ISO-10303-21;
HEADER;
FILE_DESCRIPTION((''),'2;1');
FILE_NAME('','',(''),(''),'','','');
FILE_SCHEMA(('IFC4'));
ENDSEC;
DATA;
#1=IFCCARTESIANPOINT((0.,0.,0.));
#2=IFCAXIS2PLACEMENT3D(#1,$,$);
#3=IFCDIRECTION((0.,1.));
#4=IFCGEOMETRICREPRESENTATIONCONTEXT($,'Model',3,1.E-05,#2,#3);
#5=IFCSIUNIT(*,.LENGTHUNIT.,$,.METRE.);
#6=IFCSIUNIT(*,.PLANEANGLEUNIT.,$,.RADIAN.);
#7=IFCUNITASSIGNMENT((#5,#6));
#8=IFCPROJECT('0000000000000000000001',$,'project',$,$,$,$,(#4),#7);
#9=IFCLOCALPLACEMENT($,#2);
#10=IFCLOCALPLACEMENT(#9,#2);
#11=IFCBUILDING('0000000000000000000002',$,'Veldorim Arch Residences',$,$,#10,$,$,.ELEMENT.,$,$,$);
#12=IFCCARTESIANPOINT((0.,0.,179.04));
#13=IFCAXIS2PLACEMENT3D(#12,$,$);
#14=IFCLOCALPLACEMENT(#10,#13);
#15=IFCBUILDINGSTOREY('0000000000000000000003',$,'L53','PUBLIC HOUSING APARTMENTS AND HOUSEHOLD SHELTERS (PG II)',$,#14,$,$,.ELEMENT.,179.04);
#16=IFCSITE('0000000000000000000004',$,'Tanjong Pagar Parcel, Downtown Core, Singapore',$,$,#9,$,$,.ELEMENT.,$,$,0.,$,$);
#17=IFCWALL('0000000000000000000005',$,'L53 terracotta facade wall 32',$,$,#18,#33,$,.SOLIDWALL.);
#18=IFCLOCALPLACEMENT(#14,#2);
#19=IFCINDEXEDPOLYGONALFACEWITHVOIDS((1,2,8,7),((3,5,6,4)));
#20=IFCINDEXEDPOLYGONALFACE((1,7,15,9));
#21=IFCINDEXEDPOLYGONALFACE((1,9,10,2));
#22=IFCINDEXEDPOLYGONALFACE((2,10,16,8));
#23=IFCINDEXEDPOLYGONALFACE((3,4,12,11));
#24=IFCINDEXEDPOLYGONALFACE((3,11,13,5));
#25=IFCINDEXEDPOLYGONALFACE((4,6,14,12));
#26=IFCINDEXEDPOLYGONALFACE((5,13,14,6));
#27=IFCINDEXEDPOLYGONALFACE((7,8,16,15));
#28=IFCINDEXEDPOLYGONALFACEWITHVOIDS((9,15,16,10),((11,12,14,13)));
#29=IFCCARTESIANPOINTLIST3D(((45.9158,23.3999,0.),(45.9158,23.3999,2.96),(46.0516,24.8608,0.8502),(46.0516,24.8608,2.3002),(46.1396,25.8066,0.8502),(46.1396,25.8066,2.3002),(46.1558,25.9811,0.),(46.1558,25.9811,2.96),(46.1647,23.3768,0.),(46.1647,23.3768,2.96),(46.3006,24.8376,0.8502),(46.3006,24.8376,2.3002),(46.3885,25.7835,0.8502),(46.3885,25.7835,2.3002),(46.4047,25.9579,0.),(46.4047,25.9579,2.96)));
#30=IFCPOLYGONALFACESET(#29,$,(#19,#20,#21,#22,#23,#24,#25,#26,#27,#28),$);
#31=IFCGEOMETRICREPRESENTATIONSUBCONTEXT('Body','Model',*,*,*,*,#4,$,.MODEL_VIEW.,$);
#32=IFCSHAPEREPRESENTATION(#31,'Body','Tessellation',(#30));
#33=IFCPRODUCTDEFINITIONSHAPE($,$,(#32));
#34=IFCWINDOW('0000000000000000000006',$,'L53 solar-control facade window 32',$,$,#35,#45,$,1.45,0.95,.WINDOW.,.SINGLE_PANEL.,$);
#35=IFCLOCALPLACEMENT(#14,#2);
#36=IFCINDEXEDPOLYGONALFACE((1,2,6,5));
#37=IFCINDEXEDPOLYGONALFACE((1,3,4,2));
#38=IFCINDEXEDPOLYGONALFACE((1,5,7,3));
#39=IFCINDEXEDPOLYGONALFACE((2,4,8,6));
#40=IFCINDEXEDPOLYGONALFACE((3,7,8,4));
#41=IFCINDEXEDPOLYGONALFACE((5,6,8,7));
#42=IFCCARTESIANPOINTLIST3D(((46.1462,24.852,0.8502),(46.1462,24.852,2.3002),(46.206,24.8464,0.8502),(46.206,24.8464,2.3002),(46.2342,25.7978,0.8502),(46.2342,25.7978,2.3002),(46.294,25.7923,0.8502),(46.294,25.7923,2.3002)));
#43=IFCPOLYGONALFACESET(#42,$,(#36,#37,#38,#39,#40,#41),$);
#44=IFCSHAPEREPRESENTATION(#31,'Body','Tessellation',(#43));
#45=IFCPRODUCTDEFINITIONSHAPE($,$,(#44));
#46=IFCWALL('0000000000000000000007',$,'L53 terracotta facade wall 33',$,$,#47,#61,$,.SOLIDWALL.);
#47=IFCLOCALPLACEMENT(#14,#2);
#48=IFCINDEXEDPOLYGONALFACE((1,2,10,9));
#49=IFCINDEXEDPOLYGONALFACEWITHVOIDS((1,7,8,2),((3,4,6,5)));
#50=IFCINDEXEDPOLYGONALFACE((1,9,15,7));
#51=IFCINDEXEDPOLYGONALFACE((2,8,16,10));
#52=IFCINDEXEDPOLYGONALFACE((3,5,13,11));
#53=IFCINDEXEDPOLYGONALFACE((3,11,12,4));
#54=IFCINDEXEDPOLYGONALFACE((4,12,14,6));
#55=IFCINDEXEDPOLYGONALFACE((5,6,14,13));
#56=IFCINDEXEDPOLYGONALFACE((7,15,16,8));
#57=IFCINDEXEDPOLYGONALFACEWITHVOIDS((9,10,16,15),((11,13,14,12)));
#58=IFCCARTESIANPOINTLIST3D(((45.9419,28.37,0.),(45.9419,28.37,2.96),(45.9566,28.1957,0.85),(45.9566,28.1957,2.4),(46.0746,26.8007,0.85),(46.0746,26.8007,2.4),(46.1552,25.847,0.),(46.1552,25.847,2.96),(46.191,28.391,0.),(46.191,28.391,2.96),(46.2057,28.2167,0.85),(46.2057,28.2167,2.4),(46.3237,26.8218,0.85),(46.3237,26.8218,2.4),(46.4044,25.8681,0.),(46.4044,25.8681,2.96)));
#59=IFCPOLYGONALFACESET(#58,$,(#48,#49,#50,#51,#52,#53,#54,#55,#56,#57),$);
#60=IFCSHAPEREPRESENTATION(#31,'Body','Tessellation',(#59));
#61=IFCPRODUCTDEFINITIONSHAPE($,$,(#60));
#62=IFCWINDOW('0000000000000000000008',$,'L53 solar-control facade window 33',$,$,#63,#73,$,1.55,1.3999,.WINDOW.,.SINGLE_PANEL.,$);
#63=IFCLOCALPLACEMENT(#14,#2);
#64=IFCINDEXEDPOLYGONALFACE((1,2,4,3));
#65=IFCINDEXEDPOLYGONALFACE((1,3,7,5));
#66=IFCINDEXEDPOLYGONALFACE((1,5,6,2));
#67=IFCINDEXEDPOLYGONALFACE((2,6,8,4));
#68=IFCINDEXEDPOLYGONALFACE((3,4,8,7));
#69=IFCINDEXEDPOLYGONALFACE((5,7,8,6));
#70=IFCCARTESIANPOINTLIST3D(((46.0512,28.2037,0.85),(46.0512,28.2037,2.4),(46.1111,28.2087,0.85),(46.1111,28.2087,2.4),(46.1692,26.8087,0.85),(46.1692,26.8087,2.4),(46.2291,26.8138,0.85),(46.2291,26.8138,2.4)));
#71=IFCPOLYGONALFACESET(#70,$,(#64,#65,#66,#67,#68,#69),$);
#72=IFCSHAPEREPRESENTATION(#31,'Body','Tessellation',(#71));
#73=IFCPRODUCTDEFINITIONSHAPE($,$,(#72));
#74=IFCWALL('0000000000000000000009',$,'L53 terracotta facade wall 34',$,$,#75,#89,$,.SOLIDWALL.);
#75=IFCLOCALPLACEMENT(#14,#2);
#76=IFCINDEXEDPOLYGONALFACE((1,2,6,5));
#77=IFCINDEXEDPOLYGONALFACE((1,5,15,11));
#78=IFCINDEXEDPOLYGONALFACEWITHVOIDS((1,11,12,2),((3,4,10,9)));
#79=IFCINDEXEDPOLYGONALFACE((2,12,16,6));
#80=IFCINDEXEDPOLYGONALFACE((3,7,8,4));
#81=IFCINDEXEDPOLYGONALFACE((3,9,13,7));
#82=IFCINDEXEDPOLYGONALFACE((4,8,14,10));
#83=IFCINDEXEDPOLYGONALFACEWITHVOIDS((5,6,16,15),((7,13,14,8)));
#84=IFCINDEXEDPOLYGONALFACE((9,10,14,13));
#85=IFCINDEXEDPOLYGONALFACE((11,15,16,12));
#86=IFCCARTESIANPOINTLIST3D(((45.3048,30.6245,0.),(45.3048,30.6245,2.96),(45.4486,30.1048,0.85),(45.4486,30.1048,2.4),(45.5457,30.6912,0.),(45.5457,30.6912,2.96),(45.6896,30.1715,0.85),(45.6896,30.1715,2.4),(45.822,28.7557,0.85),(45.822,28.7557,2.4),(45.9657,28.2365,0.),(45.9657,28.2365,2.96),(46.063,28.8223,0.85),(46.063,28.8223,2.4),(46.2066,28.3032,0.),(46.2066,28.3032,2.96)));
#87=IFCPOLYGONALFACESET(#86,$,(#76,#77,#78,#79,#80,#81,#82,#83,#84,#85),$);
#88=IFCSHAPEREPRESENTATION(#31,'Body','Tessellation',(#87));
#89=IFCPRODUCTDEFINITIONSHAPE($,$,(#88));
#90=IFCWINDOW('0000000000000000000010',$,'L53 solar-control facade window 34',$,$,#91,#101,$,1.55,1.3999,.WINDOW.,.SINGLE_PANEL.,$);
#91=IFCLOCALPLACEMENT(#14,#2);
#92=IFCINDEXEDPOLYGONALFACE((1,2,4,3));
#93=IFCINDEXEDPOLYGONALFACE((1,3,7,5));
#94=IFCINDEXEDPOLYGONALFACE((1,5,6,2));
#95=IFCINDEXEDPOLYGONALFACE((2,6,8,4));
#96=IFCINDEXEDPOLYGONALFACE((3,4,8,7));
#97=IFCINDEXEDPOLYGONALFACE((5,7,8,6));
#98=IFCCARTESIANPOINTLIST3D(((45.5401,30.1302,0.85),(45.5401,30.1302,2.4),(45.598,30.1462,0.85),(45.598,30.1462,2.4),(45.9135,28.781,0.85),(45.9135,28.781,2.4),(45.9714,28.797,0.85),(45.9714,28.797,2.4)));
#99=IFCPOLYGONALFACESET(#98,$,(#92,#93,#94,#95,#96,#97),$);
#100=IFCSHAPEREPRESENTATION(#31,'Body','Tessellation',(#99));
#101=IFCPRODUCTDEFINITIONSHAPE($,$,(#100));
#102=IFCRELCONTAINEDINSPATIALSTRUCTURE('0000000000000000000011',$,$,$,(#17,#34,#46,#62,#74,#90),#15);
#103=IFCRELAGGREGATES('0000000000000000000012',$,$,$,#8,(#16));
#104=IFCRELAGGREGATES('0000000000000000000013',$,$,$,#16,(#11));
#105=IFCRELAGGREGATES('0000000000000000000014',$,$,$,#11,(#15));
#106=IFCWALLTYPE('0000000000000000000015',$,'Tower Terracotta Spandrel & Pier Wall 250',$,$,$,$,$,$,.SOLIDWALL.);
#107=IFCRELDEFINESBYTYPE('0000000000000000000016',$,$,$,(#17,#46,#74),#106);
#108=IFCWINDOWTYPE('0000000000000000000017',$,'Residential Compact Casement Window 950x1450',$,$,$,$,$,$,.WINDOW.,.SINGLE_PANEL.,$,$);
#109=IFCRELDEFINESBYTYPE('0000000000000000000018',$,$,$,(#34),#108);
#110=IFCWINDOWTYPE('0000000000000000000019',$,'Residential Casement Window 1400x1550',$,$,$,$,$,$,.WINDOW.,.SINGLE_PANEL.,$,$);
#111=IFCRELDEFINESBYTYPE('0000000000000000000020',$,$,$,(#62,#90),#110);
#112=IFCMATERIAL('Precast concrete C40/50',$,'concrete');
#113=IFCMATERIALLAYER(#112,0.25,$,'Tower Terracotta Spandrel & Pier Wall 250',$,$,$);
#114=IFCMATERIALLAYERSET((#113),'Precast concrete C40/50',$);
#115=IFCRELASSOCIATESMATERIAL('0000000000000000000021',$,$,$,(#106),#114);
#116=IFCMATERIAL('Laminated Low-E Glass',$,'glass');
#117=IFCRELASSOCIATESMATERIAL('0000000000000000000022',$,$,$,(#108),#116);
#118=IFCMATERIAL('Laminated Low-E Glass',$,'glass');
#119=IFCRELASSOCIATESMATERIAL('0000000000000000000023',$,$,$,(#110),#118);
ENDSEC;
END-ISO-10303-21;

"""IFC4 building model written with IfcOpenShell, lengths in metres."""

from ifc_helpers import new_model, si_unit, direction, frame, frame_2d, origin, place, context, subcontext, project, spatial, rectangle, extrude, material, layer, layer_set, type_object, element, fill, save


model = new_model("IFC4")

# Units and contexts
model_context = context("Model", 3, precision=1e-05, world=origin(), true_north=direction((0.0, 1.0)))
body_context = subcontext(model_context, "Body", "Model", "MODEL_VIEW")
ifc_project = project(units=[si_unit("LENGTHUNIT", "METRE"), si_unit("PLANEANGLEUNIT", "RADIAN")], contexts=[model_context])

# Site, building, storey
site_placement = place(None, origin())
site = spatial("IfcSite", under=ifc_project, at=site_placement, Name="Tanjong Pagar Parcel, Downtown Core, Singapore", CompositionType="ELEMENT", RefElevation=0.0)
building_placement = place(site_placement, origin())
building = spatial("IfcBuilding", under=site, at=building_placement, Name="Veldorim Arch Residences", CompositionType="ELEMENT")
storey_placement = place(building_placement, frame((0.0, 0.0, 179.04)))
storey = spatial("IfcBuildingStorey", under=building, at=storey_placement, Name="L53", Description="PUBLIC HOUSING APARTMENTS AND HOUSEHOLD SHELTERS (PG II)", CompositionType="ELEMENT", Elevation=179.04)

# Walls, openings, windows
ifc_material_1 = material(Name="Precast concrete C40/50", Category="concrete")
ifc_layer_1 = layer(ifc_material_1, 0.25, Name="Tower Terracotta Spandrel & Pier Wall 250")
ifc_layer_set_1 = layer_set([ifc_layer_1], Name="Precast concrete C40/50")
wall_type_1 = type_object("IfcWallType", Name="Tower Terracotta Spandrel & Pier Wall 250", PredefinedType="SOLIDWALL", material=ifc_layer_set_1)
wall_1_placement = place(storey_placement, frame((46.2803, 25.9695, 0.0), z_axis=(0.0, 0.0, 1.0), x_axis=(-0.092582, -0.995705, 0.0)))
wall_1 = element("IfcWall", 1, at=wall_1_placement, inside=storey, type_object=wall_type_1, Name="L53 terracotta facade wall 32", PredefinedType="SOLIDWALL", context=body_context, shape_type="SweptSolid", body=[
    extrude(rectangle(XDim=2.5923, YDim=0.25, at=frame_2d((1.2961, 0.0))), origin(), (0.0, 0.0, 1.0), 2.96),
])
opening_1_placement = place(wall_1_placement, frame((0.175, 0.0, 0.8501)))
opening_1 = element("IfcOpeningElement", 2, at=opening_1_placement, cuts=wall_1, PredefinedType="OPENING", context=body_context, shape_type="SweptSolid", body=[
    extrude(rectangle(XDim=0.95, YDim=1.45, at=frame_2d((0.4751, 0.7251))), frame((0.0, 0.135, 0.0), z_axis=(0.0, -1.0, 0.0), x_axis=(1.0, 0.0, 0.0)), (0.0, 0.0, 1.0), 0.27),
])
ifc_material_2 = material(Name="Laminated Low-E Glass", Category="glass")
window_type_1 = type_object("IfcWindowType", Name="Residential Compact Casement Window 950x1450", PartitioningType="SINGLE_PANEL", PredefinedType="WINDOW", material=ifc_material_2)
window_1_placement = place(opening_1_placement, origin())
window_1 = element("IfcWindow", 3, at=window_1_placement, inside=storey, type_object=window_type_1, Name="L53 solar-control facade window 32", OverallHeight=1.45, OverallWidth=0.95, PartitioningType="SINGLE_PANEL", PredefinedType="WINDOW", context=body_context, shape_type="SweptSolid", body=[
    extrude(rectangle(XDim=0.95, YDim=1.45, at=frame_2d((0.4751, 0.7251))), frame((0.0, 0.03, 0.0), z_axis=(0.0, -1.0, 0.0), x_axis=(1.0, 0.0, 0.0)), (0.0, 0.0, 1.0), 0.0601),
])
fill(opening_1, window_1)
wall_2_placement = place(storey_placement, frame((46.0664, 28.3806, 0.0), z_axis=(0.0, 0.0, 1.0), x_axis=(0.084274, -0.996443, 0.0)))
wall_2 = element("IfcWall", 4, at=wall_2_placement, inside=storey, type_object=wall_type_1, Name="L53 terracotta facade wall 33", PredefinedType="SOLIDWALL", context=body_context, shape_type="SweptSolid", body=[
    extrude(rectangle(XDim=2.532, YDim=0.25, at=frame_2d((1.2661, 0.0))), origin(), (0.0, 0.0, 1.0), 2.96),
])
opening_2_placement = place(wall_2_placement, frame((0.175, 0.0, 0.8501)))
opening_2 = element("IfcOpeningElement", 5, at=opening_2_placement, cuts=wall_2, PredefinedType="OPENING", context=body_context, shape_type="SweptSolid", body=[
    extrude(rectangle(XDim=1.3999, YDim=1.55, at=frame_2d((0.7, 0.7749))), frame((0.0, 0.135, 0.0), z_axis=(0.0, -1.0, 0.0), x_axis=(1.0, 0.0, 0.0)), (0.0, 0.0, 1.0), 0.27),
])
ifc_material_3 = material(Name="Laminated Low-E Glass", Category="glass")
window_type_2 = type_object("IfcWindowType", Name="Residential Casement Window 1400x1550", PartitioningType="SINGLE_PANEL", PredefinedType="WINDOW", material=ifc_material_3)
window_2_placement = place(opening_2_placement, origin())
window_2 = element("IfcWindow", 6, at=window_2_placement, inside=storey, type_object=window_type_2, Name="L53 solar-control facade window 33", OverallHeight=1.55, OverallWidth=1.3999, PartitioningType="SINGLE_PANEL", PredefinedType="WINDOW", context=body_context, shape_type="SweptSolid", body=[
    extrude(rectangle(XDim=1.3999, YDim=1.55, at=frame_2d((0.7, 0.7749))), frame((0.0, 0.03, 0.0), z_axis=(0.0, -1.0, 0.0), x_axis=(1.0, 0.0, 0.0)), (0.0, 0.0, 1.0), 0.0601),
])
fill(opening_2, window_2)
wall_3_placement = place(storey_placement, frame((45.4253, 30.6577, 0.0), z_axis=(0.0, 0.0, 1.0), x_axis=(0.266734, -0.96377, 0.0)))
wall_3 = element("IfcWall", 7, at=wall_3_placement, inside=storey, type_object=wall_type_1, Name="L53 terracotta facade wall 34", PredefinedType="SOLIDWALL", context=body_context, shape_type="SweptSolid", body=[
    extrude(rectangle(XDim=2.4778, YDim=0.25, at=frame_2d((1.2388, 0.0))), origin(), (0.0, 0.0, 1.0), 2.96),
])
opening_3_placement = place(wall_3_placement, frame((0.5391, 0.0, 0.8501)))
opening_3 = element("IfcOpeningElement", 8, at=opening_3_placement, cuts=wall_3, PredefinedType="OPENING", context=body_context, shape_type="SweptSolid", body=[
    extrude(rectangle(XDim=1.3999, YDim=1.55, at=frame_2d((0.7, 0.7749))), frame((0.0, 0.135, 0.0), z_axis=(0.0, -1.0, 0.0), x_axis=(1.0, 0.0, 0.0)), (0.0, 0.0, 1.0), 0.27),
])
window_3_placement = place(opening_3_placement, origin())
window_3 = element("IfcWindow", 9, at=window_3_placement, inside=storey, type_object=window_type_2, Name="L53 solar-control facade window 34", OverallHeight=1.55, OverallWidth=1.3999, PartitioningType="SINGLE_PANEL", PredefinedType="WINDOW", context=body_context, shape_type="SweptSolid", body=[
    extrude(rectangle(XDim=1.3999, YDim=1.55, at=frame_2d((0.7, 0.7749))), frame((0.0, 0.03, 0.0), z_axis=(0.0, -1.0, 0.0), x_axis=(1.0, 0.0, 0.0)), (0.0, 0.0, 1.0), 0.0601),
])
fill(opening_3, window_3)

save(model, "model.ifc")
